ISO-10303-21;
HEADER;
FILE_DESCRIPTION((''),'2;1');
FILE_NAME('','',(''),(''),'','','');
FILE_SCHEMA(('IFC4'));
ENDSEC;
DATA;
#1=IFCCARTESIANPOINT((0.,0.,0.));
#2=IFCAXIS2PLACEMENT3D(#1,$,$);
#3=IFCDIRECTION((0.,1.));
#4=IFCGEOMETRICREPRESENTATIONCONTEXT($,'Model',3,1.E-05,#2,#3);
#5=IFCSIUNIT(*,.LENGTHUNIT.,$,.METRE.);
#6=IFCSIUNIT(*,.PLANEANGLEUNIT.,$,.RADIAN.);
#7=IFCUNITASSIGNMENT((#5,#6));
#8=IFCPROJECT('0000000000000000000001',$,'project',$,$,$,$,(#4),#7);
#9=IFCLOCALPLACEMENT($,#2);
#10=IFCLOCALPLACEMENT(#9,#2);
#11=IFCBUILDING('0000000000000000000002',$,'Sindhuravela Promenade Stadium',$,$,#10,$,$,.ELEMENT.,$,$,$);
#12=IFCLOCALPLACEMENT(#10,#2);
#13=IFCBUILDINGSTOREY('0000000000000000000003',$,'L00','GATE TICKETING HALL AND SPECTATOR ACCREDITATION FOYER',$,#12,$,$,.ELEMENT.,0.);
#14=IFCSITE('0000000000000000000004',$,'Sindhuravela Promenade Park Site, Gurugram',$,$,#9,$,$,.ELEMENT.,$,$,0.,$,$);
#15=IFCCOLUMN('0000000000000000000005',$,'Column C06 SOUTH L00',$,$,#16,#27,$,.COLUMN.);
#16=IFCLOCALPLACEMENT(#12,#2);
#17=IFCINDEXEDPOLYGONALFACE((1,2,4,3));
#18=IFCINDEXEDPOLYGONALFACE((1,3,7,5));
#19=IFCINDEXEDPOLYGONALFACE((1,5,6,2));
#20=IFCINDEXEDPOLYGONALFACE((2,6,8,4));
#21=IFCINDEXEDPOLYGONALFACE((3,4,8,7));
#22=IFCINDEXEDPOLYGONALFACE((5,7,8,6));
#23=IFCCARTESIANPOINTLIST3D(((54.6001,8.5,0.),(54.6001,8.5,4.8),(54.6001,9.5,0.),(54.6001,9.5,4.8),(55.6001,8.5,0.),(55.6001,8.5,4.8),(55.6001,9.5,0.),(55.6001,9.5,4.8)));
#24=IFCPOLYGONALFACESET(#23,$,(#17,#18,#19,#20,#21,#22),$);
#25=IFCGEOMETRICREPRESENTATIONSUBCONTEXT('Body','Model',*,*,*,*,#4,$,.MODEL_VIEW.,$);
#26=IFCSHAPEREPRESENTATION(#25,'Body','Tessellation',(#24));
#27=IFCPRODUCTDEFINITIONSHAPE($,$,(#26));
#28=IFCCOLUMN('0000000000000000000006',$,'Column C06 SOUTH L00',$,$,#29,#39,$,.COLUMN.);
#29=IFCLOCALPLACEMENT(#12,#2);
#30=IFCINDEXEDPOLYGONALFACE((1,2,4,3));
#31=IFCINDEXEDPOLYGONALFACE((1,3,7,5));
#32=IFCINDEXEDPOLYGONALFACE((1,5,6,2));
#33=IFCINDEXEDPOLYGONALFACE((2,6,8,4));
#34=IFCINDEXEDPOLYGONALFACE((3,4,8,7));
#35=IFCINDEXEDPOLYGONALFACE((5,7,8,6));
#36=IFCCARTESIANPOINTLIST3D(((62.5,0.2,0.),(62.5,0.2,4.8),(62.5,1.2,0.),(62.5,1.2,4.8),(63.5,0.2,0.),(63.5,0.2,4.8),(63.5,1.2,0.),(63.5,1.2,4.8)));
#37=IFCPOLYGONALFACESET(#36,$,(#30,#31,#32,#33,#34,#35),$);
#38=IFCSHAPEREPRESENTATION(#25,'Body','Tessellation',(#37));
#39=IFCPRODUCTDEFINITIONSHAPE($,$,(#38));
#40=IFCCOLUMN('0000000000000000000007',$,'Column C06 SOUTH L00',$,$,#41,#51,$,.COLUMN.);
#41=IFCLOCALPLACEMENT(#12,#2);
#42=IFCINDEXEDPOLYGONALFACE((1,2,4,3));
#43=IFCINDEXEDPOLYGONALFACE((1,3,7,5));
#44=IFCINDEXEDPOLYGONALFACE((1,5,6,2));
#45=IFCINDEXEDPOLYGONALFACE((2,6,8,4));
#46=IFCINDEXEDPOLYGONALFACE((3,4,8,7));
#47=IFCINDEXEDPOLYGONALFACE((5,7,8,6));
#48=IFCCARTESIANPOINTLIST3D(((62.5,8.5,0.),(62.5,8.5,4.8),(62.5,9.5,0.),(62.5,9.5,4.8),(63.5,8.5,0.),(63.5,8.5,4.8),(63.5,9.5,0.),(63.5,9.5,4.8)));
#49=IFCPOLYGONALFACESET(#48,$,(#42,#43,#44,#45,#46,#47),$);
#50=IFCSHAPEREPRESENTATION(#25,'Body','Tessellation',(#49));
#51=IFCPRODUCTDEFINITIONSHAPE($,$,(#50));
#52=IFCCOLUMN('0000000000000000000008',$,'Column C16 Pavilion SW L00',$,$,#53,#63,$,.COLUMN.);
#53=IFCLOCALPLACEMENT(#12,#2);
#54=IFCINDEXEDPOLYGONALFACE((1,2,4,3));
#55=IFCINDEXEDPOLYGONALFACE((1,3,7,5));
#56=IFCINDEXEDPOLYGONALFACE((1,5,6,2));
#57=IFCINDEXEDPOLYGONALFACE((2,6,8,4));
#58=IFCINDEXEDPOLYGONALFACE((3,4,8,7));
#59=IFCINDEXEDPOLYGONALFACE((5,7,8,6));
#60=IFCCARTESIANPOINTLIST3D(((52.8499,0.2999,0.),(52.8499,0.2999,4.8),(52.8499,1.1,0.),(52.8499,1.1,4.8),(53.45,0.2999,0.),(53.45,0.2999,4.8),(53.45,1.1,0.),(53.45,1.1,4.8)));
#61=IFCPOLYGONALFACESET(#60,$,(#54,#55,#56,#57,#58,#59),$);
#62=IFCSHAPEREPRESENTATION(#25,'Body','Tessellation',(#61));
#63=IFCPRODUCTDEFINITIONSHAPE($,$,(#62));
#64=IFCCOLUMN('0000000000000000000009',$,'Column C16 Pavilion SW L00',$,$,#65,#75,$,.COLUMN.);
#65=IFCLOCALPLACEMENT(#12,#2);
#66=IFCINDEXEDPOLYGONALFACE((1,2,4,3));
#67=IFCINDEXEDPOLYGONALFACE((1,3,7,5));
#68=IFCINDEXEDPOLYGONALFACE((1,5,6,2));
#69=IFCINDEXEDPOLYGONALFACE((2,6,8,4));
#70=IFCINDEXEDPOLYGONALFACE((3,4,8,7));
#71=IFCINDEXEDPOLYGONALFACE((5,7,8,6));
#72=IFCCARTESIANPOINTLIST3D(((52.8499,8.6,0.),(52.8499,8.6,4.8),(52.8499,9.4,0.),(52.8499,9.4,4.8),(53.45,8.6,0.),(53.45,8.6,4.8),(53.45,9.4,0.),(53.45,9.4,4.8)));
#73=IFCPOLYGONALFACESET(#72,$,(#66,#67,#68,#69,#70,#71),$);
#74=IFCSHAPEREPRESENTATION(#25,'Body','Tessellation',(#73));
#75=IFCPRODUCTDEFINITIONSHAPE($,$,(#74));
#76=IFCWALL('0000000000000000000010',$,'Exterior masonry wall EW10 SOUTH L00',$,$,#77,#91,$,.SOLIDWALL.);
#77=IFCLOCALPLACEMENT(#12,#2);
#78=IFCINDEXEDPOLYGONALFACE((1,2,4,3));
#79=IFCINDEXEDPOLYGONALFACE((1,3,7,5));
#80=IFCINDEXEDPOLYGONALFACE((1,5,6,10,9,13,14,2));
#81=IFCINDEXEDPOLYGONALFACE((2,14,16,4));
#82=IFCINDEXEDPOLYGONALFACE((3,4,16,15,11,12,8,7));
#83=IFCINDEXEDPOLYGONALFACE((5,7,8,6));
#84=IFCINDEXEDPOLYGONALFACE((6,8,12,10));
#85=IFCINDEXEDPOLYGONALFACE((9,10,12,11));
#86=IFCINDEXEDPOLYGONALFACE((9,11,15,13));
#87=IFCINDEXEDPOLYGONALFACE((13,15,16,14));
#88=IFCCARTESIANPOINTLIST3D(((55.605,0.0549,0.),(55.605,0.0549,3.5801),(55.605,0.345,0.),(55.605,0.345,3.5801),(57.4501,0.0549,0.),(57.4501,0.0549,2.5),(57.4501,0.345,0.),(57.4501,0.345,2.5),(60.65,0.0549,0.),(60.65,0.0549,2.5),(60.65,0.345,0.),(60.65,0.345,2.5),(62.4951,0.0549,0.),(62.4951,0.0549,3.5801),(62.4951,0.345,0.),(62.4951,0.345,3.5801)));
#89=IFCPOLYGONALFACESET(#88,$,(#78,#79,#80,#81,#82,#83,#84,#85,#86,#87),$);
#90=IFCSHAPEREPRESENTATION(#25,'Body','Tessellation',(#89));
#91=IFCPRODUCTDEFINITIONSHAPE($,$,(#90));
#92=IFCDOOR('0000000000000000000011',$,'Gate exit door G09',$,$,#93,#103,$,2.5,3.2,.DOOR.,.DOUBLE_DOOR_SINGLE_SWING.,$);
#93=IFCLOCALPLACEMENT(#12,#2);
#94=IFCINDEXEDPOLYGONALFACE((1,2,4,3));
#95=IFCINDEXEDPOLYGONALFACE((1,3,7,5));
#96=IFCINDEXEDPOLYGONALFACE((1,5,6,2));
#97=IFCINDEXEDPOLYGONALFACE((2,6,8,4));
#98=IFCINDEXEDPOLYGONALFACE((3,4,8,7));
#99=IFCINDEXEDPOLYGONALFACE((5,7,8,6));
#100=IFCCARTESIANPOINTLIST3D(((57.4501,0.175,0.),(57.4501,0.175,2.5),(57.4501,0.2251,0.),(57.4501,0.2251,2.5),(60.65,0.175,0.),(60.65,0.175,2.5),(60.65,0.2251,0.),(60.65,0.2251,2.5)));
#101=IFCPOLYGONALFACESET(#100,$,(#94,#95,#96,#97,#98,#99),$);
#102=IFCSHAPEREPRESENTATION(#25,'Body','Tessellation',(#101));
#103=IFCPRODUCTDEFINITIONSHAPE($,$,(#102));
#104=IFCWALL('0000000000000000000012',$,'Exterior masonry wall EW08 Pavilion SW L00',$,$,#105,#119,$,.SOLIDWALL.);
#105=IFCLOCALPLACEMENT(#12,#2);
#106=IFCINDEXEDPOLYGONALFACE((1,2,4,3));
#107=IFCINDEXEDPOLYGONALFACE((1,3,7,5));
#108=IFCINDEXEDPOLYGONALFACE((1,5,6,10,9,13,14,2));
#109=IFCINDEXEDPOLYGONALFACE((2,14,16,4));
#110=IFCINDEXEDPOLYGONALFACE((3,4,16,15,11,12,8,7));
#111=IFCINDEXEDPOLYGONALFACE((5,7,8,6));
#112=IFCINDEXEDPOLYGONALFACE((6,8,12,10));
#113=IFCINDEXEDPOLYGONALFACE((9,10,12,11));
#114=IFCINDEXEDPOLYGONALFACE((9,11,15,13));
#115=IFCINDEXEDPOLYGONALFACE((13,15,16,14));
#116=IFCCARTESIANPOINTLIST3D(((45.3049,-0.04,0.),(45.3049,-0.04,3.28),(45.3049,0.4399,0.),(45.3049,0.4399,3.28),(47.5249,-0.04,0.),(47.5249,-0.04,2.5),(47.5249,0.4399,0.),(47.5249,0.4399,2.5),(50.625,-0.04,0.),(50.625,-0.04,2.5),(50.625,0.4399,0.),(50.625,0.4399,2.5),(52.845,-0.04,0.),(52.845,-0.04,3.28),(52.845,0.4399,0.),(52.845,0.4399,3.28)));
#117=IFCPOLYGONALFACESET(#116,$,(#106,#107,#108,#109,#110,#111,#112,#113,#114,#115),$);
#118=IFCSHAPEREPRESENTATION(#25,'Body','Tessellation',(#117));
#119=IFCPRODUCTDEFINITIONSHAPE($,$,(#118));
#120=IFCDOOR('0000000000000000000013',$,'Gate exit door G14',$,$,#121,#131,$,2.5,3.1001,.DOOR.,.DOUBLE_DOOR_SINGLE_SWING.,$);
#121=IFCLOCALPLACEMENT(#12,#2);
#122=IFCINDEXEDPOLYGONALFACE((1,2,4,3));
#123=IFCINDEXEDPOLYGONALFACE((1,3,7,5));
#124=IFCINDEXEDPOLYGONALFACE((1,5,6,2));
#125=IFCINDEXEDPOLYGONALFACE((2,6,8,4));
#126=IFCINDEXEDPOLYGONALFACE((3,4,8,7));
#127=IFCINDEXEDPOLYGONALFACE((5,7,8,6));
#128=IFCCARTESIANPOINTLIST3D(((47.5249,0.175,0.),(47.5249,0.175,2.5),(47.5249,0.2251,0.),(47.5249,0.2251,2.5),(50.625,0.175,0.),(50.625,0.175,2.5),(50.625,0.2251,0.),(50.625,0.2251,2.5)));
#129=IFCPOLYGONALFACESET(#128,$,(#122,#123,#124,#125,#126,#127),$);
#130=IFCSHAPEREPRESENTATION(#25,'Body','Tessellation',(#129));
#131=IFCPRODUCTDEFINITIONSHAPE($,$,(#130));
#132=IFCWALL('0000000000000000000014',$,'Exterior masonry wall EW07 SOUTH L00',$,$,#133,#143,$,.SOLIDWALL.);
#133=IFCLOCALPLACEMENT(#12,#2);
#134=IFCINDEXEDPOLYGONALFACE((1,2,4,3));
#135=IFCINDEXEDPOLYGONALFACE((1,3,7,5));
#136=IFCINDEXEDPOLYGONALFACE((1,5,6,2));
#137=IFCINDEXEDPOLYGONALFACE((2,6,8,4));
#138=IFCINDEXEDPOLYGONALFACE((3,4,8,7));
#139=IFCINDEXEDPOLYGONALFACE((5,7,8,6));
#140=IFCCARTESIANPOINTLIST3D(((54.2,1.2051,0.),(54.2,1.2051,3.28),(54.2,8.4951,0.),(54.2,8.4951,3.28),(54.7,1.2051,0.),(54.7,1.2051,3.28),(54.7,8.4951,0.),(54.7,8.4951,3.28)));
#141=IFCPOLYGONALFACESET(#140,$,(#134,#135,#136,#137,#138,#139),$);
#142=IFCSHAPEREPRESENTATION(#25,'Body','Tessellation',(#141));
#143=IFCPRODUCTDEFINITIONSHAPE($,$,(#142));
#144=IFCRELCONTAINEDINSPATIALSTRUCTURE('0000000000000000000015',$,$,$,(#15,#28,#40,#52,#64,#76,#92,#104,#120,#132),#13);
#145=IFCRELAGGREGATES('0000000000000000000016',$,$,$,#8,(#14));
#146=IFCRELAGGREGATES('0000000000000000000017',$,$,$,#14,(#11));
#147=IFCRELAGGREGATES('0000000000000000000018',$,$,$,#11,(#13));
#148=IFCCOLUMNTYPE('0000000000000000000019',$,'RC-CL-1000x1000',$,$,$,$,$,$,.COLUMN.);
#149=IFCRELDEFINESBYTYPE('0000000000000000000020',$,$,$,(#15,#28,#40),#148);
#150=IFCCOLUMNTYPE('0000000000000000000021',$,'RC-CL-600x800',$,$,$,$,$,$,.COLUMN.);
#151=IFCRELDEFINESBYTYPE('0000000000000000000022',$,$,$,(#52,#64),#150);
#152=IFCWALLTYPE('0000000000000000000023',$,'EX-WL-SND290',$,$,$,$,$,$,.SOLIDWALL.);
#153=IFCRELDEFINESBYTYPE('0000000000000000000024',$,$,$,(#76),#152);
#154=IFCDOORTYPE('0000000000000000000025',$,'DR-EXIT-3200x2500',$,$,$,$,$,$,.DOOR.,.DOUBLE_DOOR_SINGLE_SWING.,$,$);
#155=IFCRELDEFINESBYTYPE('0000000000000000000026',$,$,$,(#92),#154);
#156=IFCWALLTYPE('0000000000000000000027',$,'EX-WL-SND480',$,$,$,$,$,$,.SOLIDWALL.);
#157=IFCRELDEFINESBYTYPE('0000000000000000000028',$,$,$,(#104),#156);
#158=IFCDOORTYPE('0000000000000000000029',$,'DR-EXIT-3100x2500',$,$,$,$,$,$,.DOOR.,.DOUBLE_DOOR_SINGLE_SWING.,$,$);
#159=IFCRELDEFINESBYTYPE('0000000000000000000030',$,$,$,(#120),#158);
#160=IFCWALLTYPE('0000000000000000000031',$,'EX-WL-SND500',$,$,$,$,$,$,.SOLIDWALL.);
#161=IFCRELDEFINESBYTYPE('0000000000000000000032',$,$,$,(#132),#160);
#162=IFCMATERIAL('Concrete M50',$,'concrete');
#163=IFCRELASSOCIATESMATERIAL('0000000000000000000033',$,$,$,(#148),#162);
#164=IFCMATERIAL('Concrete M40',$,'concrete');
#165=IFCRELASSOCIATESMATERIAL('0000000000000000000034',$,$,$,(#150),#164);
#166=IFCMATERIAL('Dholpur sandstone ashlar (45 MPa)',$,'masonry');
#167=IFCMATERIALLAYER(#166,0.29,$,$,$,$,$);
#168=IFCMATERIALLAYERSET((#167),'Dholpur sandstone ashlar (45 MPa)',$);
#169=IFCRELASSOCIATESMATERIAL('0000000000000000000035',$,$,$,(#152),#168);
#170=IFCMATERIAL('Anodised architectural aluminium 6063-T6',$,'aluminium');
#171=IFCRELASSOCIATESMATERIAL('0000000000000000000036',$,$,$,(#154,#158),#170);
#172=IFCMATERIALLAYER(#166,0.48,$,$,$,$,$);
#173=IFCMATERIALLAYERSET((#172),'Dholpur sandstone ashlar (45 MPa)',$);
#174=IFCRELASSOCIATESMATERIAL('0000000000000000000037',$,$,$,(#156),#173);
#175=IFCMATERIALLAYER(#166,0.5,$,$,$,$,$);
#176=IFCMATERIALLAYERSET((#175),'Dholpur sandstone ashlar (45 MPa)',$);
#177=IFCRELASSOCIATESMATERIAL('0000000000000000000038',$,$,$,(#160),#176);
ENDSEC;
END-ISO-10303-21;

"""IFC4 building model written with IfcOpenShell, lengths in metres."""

from ifc_helpers import new_model, si_unit, direction, frame, frame_2d, origin, origin_2d, place, context, subcontext, project, spatial, rectangle, extrude, material, layer, layer_set, material_profile, profile_set, type_object, element, fill, save


model = new_model("IFC4")

# Units and contexts
model_context = context("Model", 3, precision=1e-05, world=origin(), true_north=direction((0.0, 1.0)))
body_context = subcontext(model_context, "Body", "Model", "MODEL_VIEW")
ifc_project = project(units=[si_unit("LENGTHUNIT", "METRE"), si_unit("PLANEANGLEUNIT", "RADIAN")], contexts=[model_context])

# Site, building, storey
site_placement = place(None, origin())
site = spatial("IfcSite", under=ifc_project, at=site_placement, Name="Sindhuravela Promenade Park Site, Gurugram", CompositionType="ELEMENT", RefElevation=0.0)
building_placement = place(site_placement, origin())
building = spatial("IfcBuilding", under=site, at=building_placement, Name="Sindhuravela Promenade Stadium", CompositionType="ELEMENT")
storey_placement = place(building_placement, origin())
storey = spatial("IfcBuildingStorey", under=building, at=storey_placement, Name="L00", Description="GATE TICKETING HALL AND SPECTATOR ACCREDITATION FOYER", CompositionType="ELEMENT", Elevation=0.0)

# Shared definitions
ifc_material_1 = material(Name="Concrete M50", Category="concrete")

# Shared definitions
ifc_material_2 = material(Name="Concrete M40", Category="concrete")

# Columns
ifc_material_profile_1 = material_profile(ifc_material_1, rectangle(XDim=1.0, YDim=1.0, at=origin_2d()), Name="RC 1000x1000")
ifc_profile_set_1 = profile_set([ifc_material_profile_1], Name="Concrete M50")
column_type_1 = type_object("IfcColumnType", Name="RC-CL-1000x1000", PredefinedType="COLUMN", material=ifc_profile_set_1)
for number, where, z_axis, x_axis, name in (
    (1, (55.1001, 9.0, 0.0), (0.0, 0.0, 1.0), (1.0, 0.0, 0.0), "Column C06 SOUTH L00"),
    (2, (63.0, 0.7, 0.0), (0.0, 0.0, 1.0), (1.0, 0.0, 0.0), "Column C06 SOUTH L00"),
    (3, (63.0, 9.0, 0.0), (0.0, 0.0, 1.0), (1.0, 0.0, 0.0), "Column C06 SOUTH L00"),
):
    element("IfcColumn", number, at=place(storey_placement, frame(where, z_axis=z_axis, x_axis=x_axis)), inside=storey, type_object=column_type_1, Name=name, PredefinedType="COLUMN", context=body_context, shape_type="SweptSolid", body=[
        extrude(rectangle(XDim=1.0, YDim=1.0, at=origin_2d()), origin(), (0.0, 0.0, 1.0), 4.8),
    ])
ifc_material_profile_2 = material_profile(ifc_material_2, rectangle(XDim=0.6001, YDim=0.8, at=origin_2d()), Name="RC 600x800")
ifc_profile_set_2 = profile_set([ifc_material_profile_2], Name="Concrete M40")
column_type_2 = type_object("IfcColumnType", Name="RC-CL-600x800", PredefinedType="COLUMN", material=ifc_profile_set_2)
for number, where, z_axis, x_axis, name in (
    (4, (53.1499, 0.7, 0.0), (0.0, 0.0, 1.0), (1.0, 0.0, 0.0), "Column C16 Pavilion SW L00"),
    (5, (53.1499, 9.0, 0.0), (0.0, 0.0, 1.0), (1.0, 0.0, 0.0), "Column C16 Pavilion SW L00"),
):
    element("IfcColumn", number, at=place(storey_placement, frame(where, z_axis=z_axis, x_axis=x_axis)), inside=storey, type_object=column_type_2, Name=name, PredefinedType="COLUMN", context=body_context, shape_type="SweptSolid", body=[
        extrude(rectangle(XDim=0.6001, YDim=0.8, at=origin_2d()), origin(), (0.0, 0.0, 1.0), 4.8),
    ])

# Walls, openings, doors
ifc_material_3 = material(Name="Dholpur sandstone ashlar (45 MPa)", Category="masonry")
ifc_layer_1 = layer(ifc_material_3, 0.29)
ifc_layer_set_1 = layer_set([ifc_layer_1], Name="Dholpur sandstone ashlar (45 MPa)")
wall_type_1 = type_object("IfcWallType", Name="EX-WL-SND290", PredefinedType="SOLIDWALL", material=ifc_layer_set_1)
wall_1_placement = place(storey_placement, frame((62.4951, 0.2, 0.0), z_axis=(0.0, 0.0, 1.0), x_axis=(-1.0, 0.0, 0.0)))
wall_1 = element("IfcWall", 6, at=wall_1_placement, inside=storey, type_object=wall_type_1, Name="Exterior masonry wall EW10 SOUTH L00", PredefinedType="SOLIDWALL", context=body_context, shape_type="SweptSolid", body=[
    extrude(rectangle(XDim=6.8901, YDim=0.29, at=frame_2d((3.4451, 0.0))), origin(), (0.0, 0.0, 1.0), 3.5801),
])
opening_1_placement = place(wall_1_placement, frame((1.845, 0.0, 0.0)))
opening_1 = element("IfcOpeningElement", 7, at=opening_1_placement, cuts=wall_1, PredefinedType="OPENING", context=body_context, shape_type="SweptSolid", body=[
    extrude(rectangle(XDim=3.2, YDim=2.5, at=frame_2d((1.6001, 1.25))), frame((0.0, 0.155, 0.0), z_axis=(0.0, -1.0, 0.0), x_axis=(1.0, 0.0, 0.0)), (0.0, 0.0, 1.0), 0.3101),
])
ifc_material_4 = material(Name="Anodised architectural aluminium 6063-T6", Category="aluminium")
door_type_1 = type_object("IfcDoorType", Name="DR-EXIT-3200x2500", OperationType="DOUBLE_DOOR_SINGLE_SWING", PredefinedType="DOOR", material=ifc_material_4)
door_1_placement = place(opening_1_placement, origin())
door_1 = element("IfcDoor", 8, at=door_1_placement, inside=storey, type_object=door_type_1, Name="Gate exit door G09", OperationType="DOUBLE_DOOR_SINGLE_SWING", OverallHeight=2.5, OverallWidth=3.2, PredefinedType="DOOR", context=body_context, shape_type="SweptSolid", body=[
    extrude(rectangle(XDim=3.2, YDim=2.5, at=frame_2d((1.6001, 1.25))), frame((0.0, 0.0249, 0.0), z_axis=(0.0, -1.0, 0.0), x_axis=(1.0, 0.0, 0.0)), (0.0, 0.0, 1.0), 0.05),
])
fill(opening_1, door_1)
ifc_layer_2 = layer(ifc_material_3, 0.48)
ifc_layer_set_2 = layer_set([ifc_layer_2], Name="Dholpur sandstone ashlar (45 MPa)")
wall_type_2 = type_object("IfcWallType", Name="EX-WL-SND480", PredefinedType="SOLIDWALL", material=ifc_layer_set_2)
wall_2_placement = place(storey_placement, frame((52.845, 0.2, 0.0), z_axis=(0.0, 0.0, 1.0), x_axis=(-1.0, 0.0, 0.0)))
wall_2 = element("IfcWall", 9, at=wall_2_placement, inside=storey, type_object=wall_type_2, Name="Exterior masonry wall EW08 Pavilion SW L00", PredefinedType="SOLIDWALL", context=body_context, shape_type="SweptSolid", body=[
    extrude(rectangle(XDim=7.54, YDim=0.48, at=frame_2d((3.77, 0.0))), origin(), (0.0, 0.0, 1.0), 3.28),
])
opening_2_placement = place(wall_2_placement, frame((2.22, 0.0, 0.0)))
opening_2 = element("IfcOpeningElement", 10, at=opening_2_placement, cuts=wall_2, PredefinedType="OPENING", context=body_context, shape_type="SweptSolid", body=[
    extrude(rectangle(XDim=3.1001, YDim=2.5, at=frame_2d((1.55, 1.25))), frame((0.0, 0.25, 0.0), z_axis=(0.0, -1.0, 0.0), x_axis=(1.0, 0.0, 0.0)), (0.0, 0.0, 1.0), 0.5),
])
door_type_2 = type_object("IfcDoorType", Name="DR-EXIT-3100x2500", OperationType="DOUBLE_DOOR_SINGLE_SWING", PredefinedType="DOOR", material=ifc_material_4)
door_2_placement = place(opening_2_placement, origin())
door_2 = element("IfcDoor", 11, at=door_2_placement, inside=storey, type_object=door_type_2, Name="Gate exit door G14", OperationType="DOUBLE_DOOR_SINGLE_SWING", OverallHeight=2.5, OverallWidth=3.1001, PredefinedType="DOOR", context=body_context, shape_type="SweptSolid", body=[
    extrude(rectangle(XDim=3.1001, YDim=2.5, at=frame_2d((1.55, 1.25))), frame((0.0, 0.0249, 0.0), z_axis=(0.0, -1.0, 0.0), x_axis=(1.0, 0.0, 0.0)), (0.0, 0.0, 1.0), 0.05),
])
fill(opening_2, door_2)

# Wall
ifc_layer_3 = layer(ifc_material_3, 0.5)
ifc_layer_set_3 = layer_set([ifc_layer_3], Name="Dholpur sandstone ashlar (45 MPa)")
wall_type_3 = type_object("IfcWallType", Name="EX-WL-SND500", PredefinedType="SOLIDWALL", material=ifc_layer_set_3)
wall_3_placement = place(storey_placement, frame((54.45, 1.2051, 0.0), z_axis=(0.0, 0.0, 1.0), x_axis=(0.0, 1.0, 0.0)))
element("IfcWall", 12, at=wall_3_placement, inside=storey, type_object=wall_type_3, Name="Exterior masonry wall EW07 SOUTH L00", PredefinedType="SOLIDWALL", context=body_context, shape_type="SweptSolid", body=[
    extrude(rectangle(XDim=7.29, YDim=0.5, at=frame_2d((3.645, 0.0))), origin(), (0.0, 0.0, 1.0), 3.28),
])

save(model, "model.ifc")
